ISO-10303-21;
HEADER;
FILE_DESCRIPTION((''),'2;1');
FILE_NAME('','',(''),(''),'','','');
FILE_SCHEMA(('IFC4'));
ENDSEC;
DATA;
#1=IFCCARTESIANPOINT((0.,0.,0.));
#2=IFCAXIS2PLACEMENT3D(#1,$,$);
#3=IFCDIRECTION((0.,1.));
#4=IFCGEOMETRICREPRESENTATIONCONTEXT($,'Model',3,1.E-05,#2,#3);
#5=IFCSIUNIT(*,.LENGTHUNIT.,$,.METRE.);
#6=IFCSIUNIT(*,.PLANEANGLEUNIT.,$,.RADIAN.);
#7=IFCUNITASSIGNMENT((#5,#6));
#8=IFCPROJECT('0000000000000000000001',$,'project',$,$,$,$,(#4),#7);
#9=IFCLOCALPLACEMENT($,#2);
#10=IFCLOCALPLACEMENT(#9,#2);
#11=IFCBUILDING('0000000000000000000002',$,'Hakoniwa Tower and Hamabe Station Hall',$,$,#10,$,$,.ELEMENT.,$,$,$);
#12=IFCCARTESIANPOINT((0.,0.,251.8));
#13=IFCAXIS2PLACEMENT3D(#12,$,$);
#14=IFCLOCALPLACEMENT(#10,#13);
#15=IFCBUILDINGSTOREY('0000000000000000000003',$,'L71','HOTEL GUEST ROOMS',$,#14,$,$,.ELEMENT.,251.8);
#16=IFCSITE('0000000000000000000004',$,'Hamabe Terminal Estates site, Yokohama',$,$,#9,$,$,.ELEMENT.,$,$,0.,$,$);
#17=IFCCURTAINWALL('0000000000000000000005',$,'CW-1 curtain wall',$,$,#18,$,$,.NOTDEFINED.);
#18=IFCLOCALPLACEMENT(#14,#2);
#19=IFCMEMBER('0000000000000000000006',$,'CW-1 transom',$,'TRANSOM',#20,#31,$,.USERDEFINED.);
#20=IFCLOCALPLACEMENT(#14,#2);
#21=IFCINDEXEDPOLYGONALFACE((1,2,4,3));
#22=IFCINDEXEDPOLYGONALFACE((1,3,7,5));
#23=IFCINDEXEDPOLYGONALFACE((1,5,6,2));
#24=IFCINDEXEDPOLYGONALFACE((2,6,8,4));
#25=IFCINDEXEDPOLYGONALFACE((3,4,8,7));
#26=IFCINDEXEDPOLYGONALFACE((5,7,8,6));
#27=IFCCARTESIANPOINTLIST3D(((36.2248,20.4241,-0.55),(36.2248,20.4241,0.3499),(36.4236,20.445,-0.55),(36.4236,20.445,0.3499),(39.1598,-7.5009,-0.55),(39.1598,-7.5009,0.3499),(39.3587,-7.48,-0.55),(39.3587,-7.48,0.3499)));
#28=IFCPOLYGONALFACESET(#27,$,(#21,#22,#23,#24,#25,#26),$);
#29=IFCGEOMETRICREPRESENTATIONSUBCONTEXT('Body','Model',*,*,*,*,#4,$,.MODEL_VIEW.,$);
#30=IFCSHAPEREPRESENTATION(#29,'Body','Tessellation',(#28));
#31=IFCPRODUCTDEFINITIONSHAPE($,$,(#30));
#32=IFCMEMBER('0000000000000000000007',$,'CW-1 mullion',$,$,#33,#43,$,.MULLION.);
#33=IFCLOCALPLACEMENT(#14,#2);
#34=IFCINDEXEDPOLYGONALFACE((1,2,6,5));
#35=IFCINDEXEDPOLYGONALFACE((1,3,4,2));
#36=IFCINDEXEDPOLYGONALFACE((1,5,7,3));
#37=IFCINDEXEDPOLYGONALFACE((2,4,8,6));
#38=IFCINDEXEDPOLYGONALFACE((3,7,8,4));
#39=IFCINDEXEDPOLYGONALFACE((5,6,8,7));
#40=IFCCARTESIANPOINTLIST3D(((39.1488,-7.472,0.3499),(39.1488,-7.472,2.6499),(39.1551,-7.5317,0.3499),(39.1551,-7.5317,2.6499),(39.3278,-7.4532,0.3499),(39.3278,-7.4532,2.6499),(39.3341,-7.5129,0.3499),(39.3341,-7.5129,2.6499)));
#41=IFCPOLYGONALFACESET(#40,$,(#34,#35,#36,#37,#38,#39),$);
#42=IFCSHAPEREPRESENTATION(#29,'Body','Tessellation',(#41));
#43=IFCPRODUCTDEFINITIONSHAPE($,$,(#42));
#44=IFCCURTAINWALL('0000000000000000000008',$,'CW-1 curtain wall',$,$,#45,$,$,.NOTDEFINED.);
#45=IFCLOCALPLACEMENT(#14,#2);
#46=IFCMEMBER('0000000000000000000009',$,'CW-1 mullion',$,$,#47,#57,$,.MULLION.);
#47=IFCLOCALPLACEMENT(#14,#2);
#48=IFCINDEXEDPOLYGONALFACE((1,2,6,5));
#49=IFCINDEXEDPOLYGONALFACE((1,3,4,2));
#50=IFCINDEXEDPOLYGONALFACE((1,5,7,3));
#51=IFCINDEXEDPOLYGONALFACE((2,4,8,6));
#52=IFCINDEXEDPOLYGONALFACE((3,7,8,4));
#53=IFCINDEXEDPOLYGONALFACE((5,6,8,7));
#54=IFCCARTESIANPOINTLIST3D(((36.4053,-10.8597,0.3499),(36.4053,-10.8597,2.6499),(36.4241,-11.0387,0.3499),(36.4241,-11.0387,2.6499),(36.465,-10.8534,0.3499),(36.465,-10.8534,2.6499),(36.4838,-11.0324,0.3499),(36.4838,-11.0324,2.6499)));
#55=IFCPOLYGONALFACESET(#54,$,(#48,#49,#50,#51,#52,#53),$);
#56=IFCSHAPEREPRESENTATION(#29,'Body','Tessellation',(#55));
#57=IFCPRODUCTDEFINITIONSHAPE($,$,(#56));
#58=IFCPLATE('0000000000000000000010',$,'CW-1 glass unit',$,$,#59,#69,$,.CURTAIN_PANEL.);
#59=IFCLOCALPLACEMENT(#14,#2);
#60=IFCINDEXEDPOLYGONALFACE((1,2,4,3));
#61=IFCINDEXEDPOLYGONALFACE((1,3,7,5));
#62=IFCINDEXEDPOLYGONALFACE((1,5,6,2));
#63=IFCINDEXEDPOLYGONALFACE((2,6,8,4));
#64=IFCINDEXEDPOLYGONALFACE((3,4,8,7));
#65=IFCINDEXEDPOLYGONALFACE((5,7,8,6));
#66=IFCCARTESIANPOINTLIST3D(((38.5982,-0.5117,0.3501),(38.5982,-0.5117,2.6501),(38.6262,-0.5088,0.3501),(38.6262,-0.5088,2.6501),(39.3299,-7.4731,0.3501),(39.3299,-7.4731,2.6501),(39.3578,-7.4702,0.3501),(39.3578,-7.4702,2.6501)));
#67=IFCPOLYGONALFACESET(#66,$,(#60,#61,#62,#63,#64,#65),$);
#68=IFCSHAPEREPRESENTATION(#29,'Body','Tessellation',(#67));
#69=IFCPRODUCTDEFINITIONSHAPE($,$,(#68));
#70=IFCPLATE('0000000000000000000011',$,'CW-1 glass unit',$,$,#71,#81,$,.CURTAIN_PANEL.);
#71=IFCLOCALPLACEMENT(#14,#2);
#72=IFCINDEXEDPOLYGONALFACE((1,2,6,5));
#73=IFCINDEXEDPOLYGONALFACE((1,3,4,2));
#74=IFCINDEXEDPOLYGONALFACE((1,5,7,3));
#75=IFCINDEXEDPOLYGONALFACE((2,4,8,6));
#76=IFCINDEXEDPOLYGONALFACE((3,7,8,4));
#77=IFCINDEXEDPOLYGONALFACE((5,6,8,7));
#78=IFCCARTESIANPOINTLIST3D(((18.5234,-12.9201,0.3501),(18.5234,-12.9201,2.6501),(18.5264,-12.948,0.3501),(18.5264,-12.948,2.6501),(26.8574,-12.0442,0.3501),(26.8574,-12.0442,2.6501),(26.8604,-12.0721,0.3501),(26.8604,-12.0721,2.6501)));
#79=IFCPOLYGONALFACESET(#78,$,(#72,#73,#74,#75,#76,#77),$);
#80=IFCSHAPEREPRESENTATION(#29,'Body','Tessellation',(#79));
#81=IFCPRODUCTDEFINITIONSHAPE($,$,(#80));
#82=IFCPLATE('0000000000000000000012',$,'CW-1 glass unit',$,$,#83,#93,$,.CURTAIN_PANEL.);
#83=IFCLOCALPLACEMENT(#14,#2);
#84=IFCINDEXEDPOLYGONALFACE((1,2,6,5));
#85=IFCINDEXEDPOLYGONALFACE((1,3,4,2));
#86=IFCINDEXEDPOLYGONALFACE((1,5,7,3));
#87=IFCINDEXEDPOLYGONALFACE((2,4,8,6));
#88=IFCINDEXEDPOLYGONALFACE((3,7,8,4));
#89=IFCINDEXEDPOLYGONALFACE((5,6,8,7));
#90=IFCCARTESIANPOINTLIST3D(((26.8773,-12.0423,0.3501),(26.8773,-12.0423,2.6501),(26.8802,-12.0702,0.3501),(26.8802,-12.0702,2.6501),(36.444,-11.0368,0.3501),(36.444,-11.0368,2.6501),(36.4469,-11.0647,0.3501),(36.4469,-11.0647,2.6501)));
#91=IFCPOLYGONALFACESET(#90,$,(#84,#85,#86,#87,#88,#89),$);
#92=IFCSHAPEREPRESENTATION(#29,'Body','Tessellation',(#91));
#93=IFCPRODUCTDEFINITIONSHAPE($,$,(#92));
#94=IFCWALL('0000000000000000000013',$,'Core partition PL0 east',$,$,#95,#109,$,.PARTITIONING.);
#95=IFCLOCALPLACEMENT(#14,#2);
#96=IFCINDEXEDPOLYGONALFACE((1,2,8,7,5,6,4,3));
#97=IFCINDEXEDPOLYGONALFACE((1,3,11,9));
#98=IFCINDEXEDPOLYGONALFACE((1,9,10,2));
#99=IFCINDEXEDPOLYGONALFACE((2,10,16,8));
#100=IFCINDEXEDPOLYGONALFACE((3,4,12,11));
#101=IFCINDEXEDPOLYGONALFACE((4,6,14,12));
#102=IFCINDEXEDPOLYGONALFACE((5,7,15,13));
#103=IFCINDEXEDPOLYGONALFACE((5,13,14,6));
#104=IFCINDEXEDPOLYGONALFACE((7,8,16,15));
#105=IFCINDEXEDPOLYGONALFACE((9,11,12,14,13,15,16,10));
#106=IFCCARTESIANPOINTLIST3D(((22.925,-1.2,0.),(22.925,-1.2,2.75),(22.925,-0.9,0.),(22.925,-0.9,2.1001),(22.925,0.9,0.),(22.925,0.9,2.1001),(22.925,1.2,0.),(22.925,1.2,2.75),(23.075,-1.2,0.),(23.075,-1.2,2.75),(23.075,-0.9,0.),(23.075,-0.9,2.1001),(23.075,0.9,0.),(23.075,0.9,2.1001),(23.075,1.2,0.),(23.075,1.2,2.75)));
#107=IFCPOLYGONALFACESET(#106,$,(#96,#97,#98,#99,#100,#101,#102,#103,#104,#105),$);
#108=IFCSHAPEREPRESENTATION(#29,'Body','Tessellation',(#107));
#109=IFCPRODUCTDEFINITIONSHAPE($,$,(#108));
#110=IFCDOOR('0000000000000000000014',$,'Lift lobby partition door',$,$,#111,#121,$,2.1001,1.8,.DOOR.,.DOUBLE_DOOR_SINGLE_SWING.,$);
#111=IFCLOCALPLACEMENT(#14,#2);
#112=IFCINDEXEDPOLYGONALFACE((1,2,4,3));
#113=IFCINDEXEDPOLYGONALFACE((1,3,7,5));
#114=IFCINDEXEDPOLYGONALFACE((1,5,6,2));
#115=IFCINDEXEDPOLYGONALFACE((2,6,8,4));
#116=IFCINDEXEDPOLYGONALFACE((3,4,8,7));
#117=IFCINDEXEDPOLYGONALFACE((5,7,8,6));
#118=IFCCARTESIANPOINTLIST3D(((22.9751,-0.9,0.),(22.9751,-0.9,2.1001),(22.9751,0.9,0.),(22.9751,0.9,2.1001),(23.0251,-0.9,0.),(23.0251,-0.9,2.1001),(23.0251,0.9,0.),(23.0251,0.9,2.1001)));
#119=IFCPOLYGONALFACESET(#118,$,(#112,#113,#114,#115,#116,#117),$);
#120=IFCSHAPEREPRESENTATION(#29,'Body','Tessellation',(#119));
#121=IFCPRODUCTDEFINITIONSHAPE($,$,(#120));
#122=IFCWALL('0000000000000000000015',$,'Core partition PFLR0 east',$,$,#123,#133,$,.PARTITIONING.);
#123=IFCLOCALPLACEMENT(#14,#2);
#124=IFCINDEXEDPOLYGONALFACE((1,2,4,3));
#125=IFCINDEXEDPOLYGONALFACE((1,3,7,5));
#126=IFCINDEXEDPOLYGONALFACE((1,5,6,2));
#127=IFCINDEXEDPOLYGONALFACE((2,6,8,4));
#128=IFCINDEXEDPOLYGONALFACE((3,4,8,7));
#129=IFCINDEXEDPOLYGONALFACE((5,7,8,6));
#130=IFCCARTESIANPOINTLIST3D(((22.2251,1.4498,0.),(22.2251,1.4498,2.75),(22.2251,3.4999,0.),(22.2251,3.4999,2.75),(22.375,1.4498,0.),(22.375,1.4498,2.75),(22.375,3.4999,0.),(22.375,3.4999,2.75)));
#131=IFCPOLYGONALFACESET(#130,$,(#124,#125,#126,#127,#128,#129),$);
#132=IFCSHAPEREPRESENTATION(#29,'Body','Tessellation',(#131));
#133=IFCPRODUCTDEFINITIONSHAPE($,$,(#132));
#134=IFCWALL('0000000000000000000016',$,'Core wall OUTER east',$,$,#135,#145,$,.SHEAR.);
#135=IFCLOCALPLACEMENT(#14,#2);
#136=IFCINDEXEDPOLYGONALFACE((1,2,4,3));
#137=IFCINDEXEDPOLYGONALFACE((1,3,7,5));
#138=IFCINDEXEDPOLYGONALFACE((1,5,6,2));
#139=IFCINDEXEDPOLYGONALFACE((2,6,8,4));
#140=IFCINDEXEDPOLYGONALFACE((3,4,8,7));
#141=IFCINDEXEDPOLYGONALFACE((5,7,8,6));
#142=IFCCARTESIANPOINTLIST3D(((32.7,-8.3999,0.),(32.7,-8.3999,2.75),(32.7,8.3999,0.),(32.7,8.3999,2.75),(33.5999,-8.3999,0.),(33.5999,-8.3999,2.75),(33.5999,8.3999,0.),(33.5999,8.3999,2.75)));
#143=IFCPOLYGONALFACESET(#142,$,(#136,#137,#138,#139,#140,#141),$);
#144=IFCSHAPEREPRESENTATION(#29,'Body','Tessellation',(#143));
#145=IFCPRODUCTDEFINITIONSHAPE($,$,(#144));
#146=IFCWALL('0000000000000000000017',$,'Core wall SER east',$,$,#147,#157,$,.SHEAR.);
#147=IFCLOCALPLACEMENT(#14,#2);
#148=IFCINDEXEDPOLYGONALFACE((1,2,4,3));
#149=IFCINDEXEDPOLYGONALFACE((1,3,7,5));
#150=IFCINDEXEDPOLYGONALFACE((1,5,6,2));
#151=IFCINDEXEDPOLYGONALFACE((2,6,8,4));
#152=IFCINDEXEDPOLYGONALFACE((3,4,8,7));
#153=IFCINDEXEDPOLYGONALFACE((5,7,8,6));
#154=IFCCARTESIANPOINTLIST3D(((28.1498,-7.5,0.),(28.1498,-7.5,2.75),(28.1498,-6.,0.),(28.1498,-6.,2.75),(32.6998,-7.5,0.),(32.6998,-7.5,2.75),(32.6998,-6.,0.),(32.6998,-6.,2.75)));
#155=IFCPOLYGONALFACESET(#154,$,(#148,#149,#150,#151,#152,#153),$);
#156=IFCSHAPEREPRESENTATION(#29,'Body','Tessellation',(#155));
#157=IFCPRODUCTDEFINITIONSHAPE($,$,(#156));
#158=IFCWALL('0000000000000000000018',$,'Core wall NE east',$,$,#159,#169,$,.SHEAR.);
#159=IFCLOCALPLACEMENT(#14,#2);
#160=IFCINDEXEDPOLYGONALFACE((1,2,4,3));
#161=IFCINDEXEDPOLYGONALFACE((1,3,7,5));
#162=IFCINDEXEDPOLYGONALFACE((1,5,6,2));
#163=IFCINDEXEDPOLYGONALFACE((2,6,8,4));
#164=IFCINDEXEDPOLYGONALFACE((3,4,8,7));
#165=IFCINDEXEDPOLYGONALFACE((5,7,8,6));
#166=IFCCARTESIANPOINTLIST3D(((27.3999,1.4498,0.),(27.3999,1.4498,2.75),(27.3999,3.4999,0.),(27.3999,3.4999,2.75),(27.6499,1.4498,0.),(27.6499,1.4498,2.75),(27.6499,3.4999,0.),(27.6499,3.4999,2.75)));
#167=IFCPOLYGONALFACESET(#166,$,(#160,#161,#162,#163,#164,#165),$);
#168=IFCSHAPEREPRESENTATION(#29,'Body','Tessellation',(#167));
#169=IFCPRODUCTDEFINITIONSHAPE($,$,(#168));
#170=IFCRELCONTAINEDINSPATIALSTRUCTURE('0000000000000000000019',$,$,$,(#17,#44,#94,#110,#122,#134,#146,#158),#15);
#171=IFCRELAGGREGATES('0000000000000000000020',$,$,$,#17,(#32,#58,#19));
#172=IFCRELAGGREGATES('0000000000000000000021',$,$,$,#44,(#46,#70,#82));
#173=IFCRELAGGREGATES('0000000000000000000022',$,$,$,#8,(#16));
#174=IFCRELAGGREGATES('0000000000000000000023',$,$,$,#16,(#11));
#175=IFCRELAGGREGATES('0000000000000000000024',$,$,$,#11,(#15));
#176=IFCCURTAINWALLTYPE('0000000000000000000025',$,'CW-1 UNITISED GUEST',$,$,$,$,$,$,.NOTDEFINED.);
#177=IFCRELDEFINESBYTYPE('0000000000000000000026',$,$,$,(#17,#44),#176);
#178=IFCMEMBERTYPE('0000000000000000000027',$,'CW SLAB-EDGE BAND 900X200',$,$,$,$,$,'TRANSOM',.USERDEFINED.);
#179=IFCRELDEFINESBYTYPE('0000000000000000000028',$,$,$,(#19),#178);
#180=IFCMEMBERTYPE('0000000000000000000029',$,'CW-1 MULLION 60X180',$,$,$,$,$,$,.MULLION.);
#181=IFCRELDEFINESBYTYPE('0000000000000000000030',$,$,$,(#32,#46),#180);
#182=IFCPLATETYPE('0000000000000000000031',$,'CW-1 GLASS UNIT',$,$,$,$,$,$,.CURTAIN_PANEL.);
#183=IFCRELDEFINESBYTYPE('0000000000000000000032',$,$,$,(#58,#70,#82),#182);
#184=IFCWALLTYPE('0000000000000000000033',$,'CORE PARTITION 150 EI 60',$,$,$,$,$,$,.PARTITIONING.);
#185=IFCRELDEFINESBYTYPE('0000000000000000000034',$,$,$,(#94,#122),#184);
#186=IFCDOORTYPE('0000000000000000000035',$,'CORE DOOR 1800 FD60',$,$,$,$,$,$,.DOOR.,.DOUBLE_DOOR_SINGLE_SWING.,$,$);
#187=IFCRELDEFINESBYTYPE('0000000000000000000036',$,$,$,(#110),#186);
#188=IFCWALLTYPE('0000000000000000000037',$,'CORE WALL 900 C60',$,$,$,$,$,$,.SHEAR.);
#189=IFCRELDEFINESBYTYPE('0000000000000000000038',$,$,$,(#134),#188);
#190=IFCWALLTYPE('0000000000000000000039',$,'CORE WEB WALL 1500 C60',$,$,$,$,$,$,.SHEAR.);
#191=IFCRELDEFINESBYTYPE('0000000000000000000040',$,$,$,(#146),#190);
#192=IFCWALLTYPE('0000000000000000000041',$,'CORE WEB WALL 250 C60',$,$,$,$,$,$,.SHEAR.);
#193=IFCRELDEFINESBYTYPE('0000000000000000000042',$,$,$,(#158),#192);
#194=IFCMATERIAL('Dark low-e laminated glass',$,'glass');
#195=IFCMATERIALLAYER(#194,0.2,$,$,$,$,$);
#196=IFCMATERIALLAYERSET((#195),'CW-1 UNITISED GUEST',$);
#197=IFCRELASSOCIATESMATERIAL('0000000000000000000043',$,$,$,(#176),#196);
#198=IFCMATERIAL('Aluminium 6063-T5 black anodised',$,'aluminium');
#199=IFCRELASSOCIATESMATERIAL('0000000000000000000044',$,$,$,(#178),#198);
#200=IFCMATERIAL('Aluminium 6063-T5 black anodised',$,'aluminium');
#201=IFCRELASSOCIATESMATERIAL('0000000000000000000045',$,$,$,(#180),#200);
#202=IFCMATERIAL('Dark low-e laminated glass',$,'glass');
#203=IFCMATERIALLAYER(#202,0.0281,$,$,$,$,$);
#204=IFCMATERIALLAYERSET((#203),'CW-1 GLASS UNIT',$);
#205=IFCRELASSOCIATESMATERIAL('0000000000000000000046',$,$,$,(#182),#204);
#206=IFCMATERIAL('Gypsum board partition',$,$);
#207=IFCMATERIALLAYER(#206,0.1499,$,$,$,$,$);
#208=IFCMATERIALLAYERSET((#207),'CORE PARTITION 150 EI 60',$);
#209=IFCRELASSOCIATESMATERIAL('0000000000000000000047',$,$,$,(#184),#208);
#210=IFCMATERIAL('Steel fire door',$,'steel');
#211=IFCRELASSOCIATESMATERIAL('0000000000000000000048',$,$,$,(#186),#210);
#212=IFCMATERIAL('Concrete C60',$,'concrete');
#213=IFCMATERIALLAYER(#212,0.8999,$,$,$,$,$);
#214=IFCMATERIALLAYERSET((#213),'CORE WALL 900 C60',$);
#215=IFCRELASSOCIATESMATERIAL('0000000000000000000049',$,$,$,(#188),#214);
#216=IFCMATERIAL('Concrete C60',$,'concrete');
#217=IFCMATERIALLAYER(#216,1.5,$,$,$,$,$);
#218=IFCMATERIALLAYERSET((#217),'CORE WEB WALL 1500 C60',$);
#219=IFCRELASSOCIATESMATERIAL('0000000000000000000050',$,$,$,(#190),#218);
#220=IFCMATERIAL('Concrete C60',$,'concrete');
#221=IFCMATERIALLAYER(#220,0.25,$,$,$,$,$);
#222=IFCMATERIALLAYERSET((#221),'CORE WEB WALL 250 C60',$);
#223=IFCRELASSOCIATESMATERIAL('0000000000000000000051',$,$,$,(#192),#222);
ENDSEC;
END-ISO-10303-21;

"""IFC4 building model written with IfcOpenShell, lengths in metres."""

from ifc_helpers import new_model, si_unit, direction, frame, frame_2d, origin, origin_2d, place, context, subcontext, project, spatial, rectangle, extrude, material, layer, layer_set, material_profile, profile_set, type_object, element, fill, aggregate, save


model = new_model("IFC4")

# Units and contexts
model_context = context("Model", 3, precision=1e-05, world=origin(), true_north=direction((0.0, 1.0)))
body_context = subcontext(model_context, "Body", "Model", "MODEL_VIEW")
ifc_project = project(units=[si_unit("LENGTHUNIT", "METRE"), si_unit("PLANEANGLEUNIT", "RADIAN")], contexts=[model_context])

# Site, building, storey
site_placement = place(None, origin())
site = spatial("IfcSite", under=ifc_project, at=site_placement, Name="Hamabe Terminal Estates site, Yokohama", CompositionType="ELEMENT", RefElevation=0.0)
building_placement = place(site_placement, origin())
building = spatial("IfcBuilding", under=site, at=building_placement, Name="Hakoniwa Tower and Hamabe Station Hall", CompositionType="ELEMENT")
storey_placement = place(building_placement, frame((0.0, 0.0, 251.8)))
storey = spatial("IfcBuildingStorey", under=building, at=storey_placement, Name="L71", Description="HOTEL GUEST ROOMS", CompositionType="ELEMENT", Elevation=251.8)

# Curtain wall, members
ifc_material_1 = material(Name="Dark low-e laminated glass", Category="glass")
ifc_layer_1 = layer(ifc_material_1, 0.2)
ifc_layer_set_1 = layer_set([ifc_layer_1], Name="CW-1 UNITISED GUEST")
curtain_wall_type = type_object("IfcCurtainWallType", Name="CW-1 UNITISED GUEST", PredefinedType="NOTDEFINED", material=ifc_layer_set_1)
curtain_wall_1_placement = place(storey_placement, origin())
curtain_wall_1 = element("IfcCurtainWall", 1, at=curtain_wall_1_placement, inside=storey, type_object=curtain_wall_type, Name="CW-1 curtain wall", PredefinedType="NOTDEFINED")
ifc_material_2 = material(Name="Aluminium 6063-T5 black anodised", Category="aluminium")
ifc_material_profile_1 = material_profile(ifc_material_2, rectangle(XDim=0.2, YDim=0.8999, at=origin_2d()), Name="CW SLAB-EDGE BAND 900X200")
ifc_profile_set_1 = profile_set([ifc_material_profile_1], Name="Aluminium 6063-T5 black anodised")
member_type_1 = type_object("IfcMemberType", Name="CW SLAB-EDGE BAND 900X200", ElementType="TRANSOM", PredefinedType="USERDEFINED", material=ifc_profile_set_1)
member_1_placement = place(storey_placement, frame((39.2593, -7.4905, -0.1001), z_axis=(-0.104529, 0.994522, 0.0), x_axis=(-0.994522, -0.104529, 0.0)))
member_1 = element("IfcMember", 2, at=member_1_placement, type_object=member_type_1, Name="CW-1 transom", ObjectType="TRANSOM", PredefinedType="USERDEFINED", context=body_context, shape_type="SweptSolid", body=[
    extrude(rectangle(XDim=0.2, YDim=0.8999, at=origin_2d()), origin(), (0.0, 0.0, 1.0), 28.0789),
])
ifc_material_3 = material(Name="Aluminium 6063-T5 black anodised", Category="aluminium")
ifc_material_profile_2 = material_profile(ifc_material_3, rectangle(XDim=0.0601, YDim=0.1799, at=origin_2d()), Name="CW-1 MULLION 60X180")
ifc_profile_set_2 = profile_set([ifc_material_profile_2], Name="Aluminium 6063-T5 black anodised")
member_type_2 = type_object("IfcMemberType", Name="CW-1 MULLION 60X180", PredefinedType="MULLION", material=ifc_profile_set_2)
member_2_placement = place(storey_placement, frame((39.2415, -7.4924, 0.3499), z_axis=(0.0, 0.0, 1.0), x_axis=(-0.104528, 0.994522, 0.0)))
member_2 = element("IfcMember", 3, at=member_2_placement, type_object=member_type_2, Name="CW-1 mullion", PredefinedType="MULLION", context=body_context, shape_type="SweptSolid", body=[
    extrude(rectangle(XDim=0.0601, YDim=0.1799, at=origin_2d()), origin(), (0.0, 0.0, 1.0), 2.3),
])

# Curtain wall, member
curtain_wall_2_placement = place(storey_placement, origin())
curtain_wall_2 = element("IfcCurtainWall", 4, at=curtain_wall_2_placement, inside=storey, type_object=curtain_wall_type, Name="CW-1 curtain wall", PredefinedType="NOTDEFINED")
member_3_placement = place(storey_placement, frame((36.4446, -10.946, 0.3499), z_axis=(0.0, 0.0, 1.0), x_axis=(0.994522, 0.104528, 0.0)))
member_3 = element("IfcMember", 5, at=member_3_placement, type_object=member_type_2, Name="CW-1 mullion", PredefinedType="MULLION", context=body_context, shape_type="SweptSolid", body=[
    extrude(rectangle(XDim=0.0601, YDim=0.1799, at=origin_2d()), origin(), (0.0, 0.0, 1.0), 2.3),
])

# Plates
ifc_material_4 = material(Name="Dark low-e laminated glass", Category="glass")
ifc_layer_2 = layer(ifc_material_4, 0.0281)
ifc_layer_set_2 = layer_set([ifc_layer_2], Name="CW-1 GLASS UNIT")
plate_type = type_object("IfcPlateType", Name="CW-1 GLASS UNIT", PredefinedType="CURTAIN_PANEL", material=ifc_layer_set_2)
plate_1_placement = place(storey_placement, frame((38.978, -3.991, 0.3501), z_axis=(0.0, 0.0, 1.0), x_axis=(-0.104528, 0.994522, 0.0)))
plate_1 = element("IfcPlate", 6, at=plate_1_placement, type_object=plate_type, Name="CW-1 glass unit", PredefinedType="CURTAIN_PANEL", context=body_context, shape_type="SweptSolid", body=[
    extrude(rectangle(XDim=6.9998, YDim=0.0281, at=origin_2d()), origin(), (0.0, 0.0, 1.0), 2.3),
])
aggregate(curtain_wall_1, [member_2, plate_1, member_1])
plate_2_placement = place(storey_placement, frame((22.6919, -12.4961, 0.3501), z_axis=(0.0, 0.0, 1.0), x_axis=(0.994522, 0.104528, 0.0)))
plate_2 = element("IfcPlate", 7, at=plate_2_placement, type_object=plate_type, Name="CW-1 glass unit", PredefinedType="CURTAIN_PANEL", context=body_context, shape_type="SweptSolid", body=[
    extrude(rectangle(XDim=8.3799, YDim=0.0281, at=origin_2d()), origin(), (0.0, 0.0, 1.0), 2.3),
])
plate_3_placement = place(storey_placement, frame((31.6621, -11.5535, 0.3501), z_axis=(0.0, 0.0, 1.0), x_axis=(0.994522, 0.104528, 0.0)))
plate_3 = element("IfcPlate", 8, at=plate_3_placement, type_object=plate_type, Name="CW-1 glass unit", PredefinedType="CURTAIN_PANEL", context=body_context, shape_type="SweptSolid", body=[
    extrude(rectangle(XDim=9.6194, YDim=0.0281, at=origin_2d()), origin(), (0.0, 0.0, 1.0), 2.3),
])
aggregate(curtain_wall_2, [member_3, plate_2, plate_3])

# Wall, opening, door
ifc_material_5 = material(Name="Gypsum board partition")
ifc_layer_3 = layer(ifc_material_5, 0.1499)
ifc_layer_set_3 = layer_set([ifc_layer_3], Name="CORE PARTITION 150 EI 60")
wall_type_1 = type_object("IfcWallType", Name="CORE PARTITION 150 EI 60", PredefinedType="PARTITIONING", material=ifc_layer_set_3)
wall_1_placement = place(storey_placement, frame((23.0, -1.2, 0.0), z_axis=(0.0, 0.0, 1.0), x_axis=(0.0, 1.0, 0.0)))
wall_1 = element("IfcWall", 9, at=wall_1_placement, inside=storey, type_object=wall_type_1, Name="Core partition PL0 east", PredefinedType="PARTITIONING", context=body_context, shape_type="SweptSolid", body=[
    extrude(rectangle(XDim=2.3999, YDim=0.1499, at=frame_2d((1.2, 0.0))), origin(), (0.0, 0.0, 1.0), 2.75),
])
opening_1_placement = place(wall_1_placement, frame((0.3, 0.0, 0.0)))
opening_1 = element("IfcOpeningElement", 10, at=opening_1_placement, cuts=wall_1, PredefinedType="OPENING", context=body_context, shape_type="SweptSolid", body=[
    extrude(rectangle(XDim=1.8, YDim=2.1001, at=frame_2d((0.8999, 1.05))), frame((0.0, 0.085, 0.0), z_axis=(0.0, -1.0, 0.0), x_axis=(1.0, 0.0, 0.0)), (0.0, 0.0, 1.0), 0.1699),
])
ifc_material_6 = material(Name="Steel fire door", Category="steel")
door_type_1 = type_object("IfcDoorType", Name="CORE DOOR 1800 FD60", OperationType="DOUBLE_DOOR_SINGLE_SWING", PredefinedType="DOOR", material=ifc_material_6)
door_1_placement = place(opening_1_placement, origin())
door_1 = element("IfcDoor", 11, at=door_1_placement, inside=storey, type_object=door_type_1, Name="Lift lobby partition door", OperationType="DOUBLE_DOOR_SINGLE_SWING", OverallHeight=2.1001, OverallWidth=1.8, PredefinedType="DOOR", context=body_context, shape_type="SweptSolid", body=[
    extrude(rectangle(XDim=1.8, YDim=2.1001, at=frame_2d((0.8999, 1.05))), frame((0.0, 0.0249, 0.0), z_axis=(0.0, -1.0, 0.0), x_axis=(1.0, 0.0, 0.0)), (0.0, 0.0, 1.0), 0.05),
])
fill(opening_1, door_1)

# Walls
wall_2_placement = place(storey_placement, frame((22.3, 1.45, 0.0), z_axis=(0.0, 0.0, 1.0), x_axis=(0.0, 1.0, 0.0)))
element("IfcWall", 12, at=wall_2_placement, inside=storey, type_object=wall_type_1, Name="Core partition PFLR0 east", PredefinedType="PARTITIONING", context=body_context, shape_type="SweptSolid", body=[
    extrude(rectangle(XDim=2.05, YDim=0.1499, at=frame_2d((1.0249, 0.0))), origin(), (0.0, 0.0, 1.0), 2.75),
])
ifc_material_7 = material(Name="Concrete C60", Category="concrete")
ifc_layer_4 = layer(ifc_material_7, 0.8999)
ifc_layer_set_4 = layer_set([ifc_layer_4], Name="CORE WALL 900 C60")
wall_type_2 = type_object("IfcWallType", Name="CORE WALL 900 C60", PredefinedType="SHEAR", material=ifc_layer_set_4)
wall_3_placement = place(storey_placement, frame((33.1499, -8.3999, 0.0), z_axis=(0.0, 0.0, 1.0), x_axis=(0.0, 1.0, 0.0)))
element("IfcWall", 13, at=wall_3_placement, inside=storey, type_object=wall_type_2, Name="Core wall OUTER east", PredefinedType="SHEAR", context=body_context, shape_type="SweptSolid", body=[
    extrude(rectangle(XDim=16.7998, YDim=0.8999, at=frame_2d((8.3999, 0.0))), origin(), (0.0, 0.0, 1.0), 2.75),
])
ifc_material_8 = material(Name="Concrete C60", Category="concrete")
ifc_layer_5 = layer(ifc_material_8, 1.5)
ifc_layer_set_5 = layer_set([ifc_layer_5], Name="CORE WEB WALL 1500 C60")
wall_type_3 = type_object("IfcWallType", Name="CORE WEB WALL 1500 C60", PredefinedType="SHEAR", material=ifc_layer_set_5)
wall_4_placement = place(storey_placement, frame((28.1499, -6.75, 0.0), z_axis=(0.0, 0.0, 1.0), x_axis=(1.0, 0.0, 0.0)))
element("IfcWall", 14, at=wall_4_placement, inside=storey, type_object=wall_type_3, Name="Core wall SER east", PredefinedType="SHEAR", context=body_context, shape_type="SweptSolid", body=[
    extrude(rectangle(XDim=4.55, YDim=1.5, at=frame_2d((2.2749, 0.0))), origin(), (0.0, 0.0, 1.0), 2.75),
])
ifc_material_9 = material(Name="Concrete C60", Category="concrete")
ifc_layer_6 = layer(ifc_material_9, 0.25)
ifc_layer_set_6 = layer_set([ifc_layer_6], Name="CORE WEB WALL 250 C60")
wall_type_4 = type_object("IfcWallType", Name="CORE WEB WALL 250 C60", PredefinedType="SHEAR", material=ifc_layer_set_6)
wall_5_placement = place(storey_placement, frame((27.5249, 1.45, 0.0), z_axis=(0.0, 0.0, 1.0), x_axis=(0.0, 1.0, 0.0)))
element("IfcWall", 15, at=wall_5_placement, inside=storey, type_object=wall_type_4, Name="Core wall NE east", PredefinedType="SHEAR", context=body_context, shape_type="SweptSolid", body=[
    extrude(rectangle(XDim=2.05, YDim=0.25, at=frame_2d((1.0249, 0.0))), origin(), (0.0, 0.0, 1.0), 2.75),
])

save(model, "model.ifc")
